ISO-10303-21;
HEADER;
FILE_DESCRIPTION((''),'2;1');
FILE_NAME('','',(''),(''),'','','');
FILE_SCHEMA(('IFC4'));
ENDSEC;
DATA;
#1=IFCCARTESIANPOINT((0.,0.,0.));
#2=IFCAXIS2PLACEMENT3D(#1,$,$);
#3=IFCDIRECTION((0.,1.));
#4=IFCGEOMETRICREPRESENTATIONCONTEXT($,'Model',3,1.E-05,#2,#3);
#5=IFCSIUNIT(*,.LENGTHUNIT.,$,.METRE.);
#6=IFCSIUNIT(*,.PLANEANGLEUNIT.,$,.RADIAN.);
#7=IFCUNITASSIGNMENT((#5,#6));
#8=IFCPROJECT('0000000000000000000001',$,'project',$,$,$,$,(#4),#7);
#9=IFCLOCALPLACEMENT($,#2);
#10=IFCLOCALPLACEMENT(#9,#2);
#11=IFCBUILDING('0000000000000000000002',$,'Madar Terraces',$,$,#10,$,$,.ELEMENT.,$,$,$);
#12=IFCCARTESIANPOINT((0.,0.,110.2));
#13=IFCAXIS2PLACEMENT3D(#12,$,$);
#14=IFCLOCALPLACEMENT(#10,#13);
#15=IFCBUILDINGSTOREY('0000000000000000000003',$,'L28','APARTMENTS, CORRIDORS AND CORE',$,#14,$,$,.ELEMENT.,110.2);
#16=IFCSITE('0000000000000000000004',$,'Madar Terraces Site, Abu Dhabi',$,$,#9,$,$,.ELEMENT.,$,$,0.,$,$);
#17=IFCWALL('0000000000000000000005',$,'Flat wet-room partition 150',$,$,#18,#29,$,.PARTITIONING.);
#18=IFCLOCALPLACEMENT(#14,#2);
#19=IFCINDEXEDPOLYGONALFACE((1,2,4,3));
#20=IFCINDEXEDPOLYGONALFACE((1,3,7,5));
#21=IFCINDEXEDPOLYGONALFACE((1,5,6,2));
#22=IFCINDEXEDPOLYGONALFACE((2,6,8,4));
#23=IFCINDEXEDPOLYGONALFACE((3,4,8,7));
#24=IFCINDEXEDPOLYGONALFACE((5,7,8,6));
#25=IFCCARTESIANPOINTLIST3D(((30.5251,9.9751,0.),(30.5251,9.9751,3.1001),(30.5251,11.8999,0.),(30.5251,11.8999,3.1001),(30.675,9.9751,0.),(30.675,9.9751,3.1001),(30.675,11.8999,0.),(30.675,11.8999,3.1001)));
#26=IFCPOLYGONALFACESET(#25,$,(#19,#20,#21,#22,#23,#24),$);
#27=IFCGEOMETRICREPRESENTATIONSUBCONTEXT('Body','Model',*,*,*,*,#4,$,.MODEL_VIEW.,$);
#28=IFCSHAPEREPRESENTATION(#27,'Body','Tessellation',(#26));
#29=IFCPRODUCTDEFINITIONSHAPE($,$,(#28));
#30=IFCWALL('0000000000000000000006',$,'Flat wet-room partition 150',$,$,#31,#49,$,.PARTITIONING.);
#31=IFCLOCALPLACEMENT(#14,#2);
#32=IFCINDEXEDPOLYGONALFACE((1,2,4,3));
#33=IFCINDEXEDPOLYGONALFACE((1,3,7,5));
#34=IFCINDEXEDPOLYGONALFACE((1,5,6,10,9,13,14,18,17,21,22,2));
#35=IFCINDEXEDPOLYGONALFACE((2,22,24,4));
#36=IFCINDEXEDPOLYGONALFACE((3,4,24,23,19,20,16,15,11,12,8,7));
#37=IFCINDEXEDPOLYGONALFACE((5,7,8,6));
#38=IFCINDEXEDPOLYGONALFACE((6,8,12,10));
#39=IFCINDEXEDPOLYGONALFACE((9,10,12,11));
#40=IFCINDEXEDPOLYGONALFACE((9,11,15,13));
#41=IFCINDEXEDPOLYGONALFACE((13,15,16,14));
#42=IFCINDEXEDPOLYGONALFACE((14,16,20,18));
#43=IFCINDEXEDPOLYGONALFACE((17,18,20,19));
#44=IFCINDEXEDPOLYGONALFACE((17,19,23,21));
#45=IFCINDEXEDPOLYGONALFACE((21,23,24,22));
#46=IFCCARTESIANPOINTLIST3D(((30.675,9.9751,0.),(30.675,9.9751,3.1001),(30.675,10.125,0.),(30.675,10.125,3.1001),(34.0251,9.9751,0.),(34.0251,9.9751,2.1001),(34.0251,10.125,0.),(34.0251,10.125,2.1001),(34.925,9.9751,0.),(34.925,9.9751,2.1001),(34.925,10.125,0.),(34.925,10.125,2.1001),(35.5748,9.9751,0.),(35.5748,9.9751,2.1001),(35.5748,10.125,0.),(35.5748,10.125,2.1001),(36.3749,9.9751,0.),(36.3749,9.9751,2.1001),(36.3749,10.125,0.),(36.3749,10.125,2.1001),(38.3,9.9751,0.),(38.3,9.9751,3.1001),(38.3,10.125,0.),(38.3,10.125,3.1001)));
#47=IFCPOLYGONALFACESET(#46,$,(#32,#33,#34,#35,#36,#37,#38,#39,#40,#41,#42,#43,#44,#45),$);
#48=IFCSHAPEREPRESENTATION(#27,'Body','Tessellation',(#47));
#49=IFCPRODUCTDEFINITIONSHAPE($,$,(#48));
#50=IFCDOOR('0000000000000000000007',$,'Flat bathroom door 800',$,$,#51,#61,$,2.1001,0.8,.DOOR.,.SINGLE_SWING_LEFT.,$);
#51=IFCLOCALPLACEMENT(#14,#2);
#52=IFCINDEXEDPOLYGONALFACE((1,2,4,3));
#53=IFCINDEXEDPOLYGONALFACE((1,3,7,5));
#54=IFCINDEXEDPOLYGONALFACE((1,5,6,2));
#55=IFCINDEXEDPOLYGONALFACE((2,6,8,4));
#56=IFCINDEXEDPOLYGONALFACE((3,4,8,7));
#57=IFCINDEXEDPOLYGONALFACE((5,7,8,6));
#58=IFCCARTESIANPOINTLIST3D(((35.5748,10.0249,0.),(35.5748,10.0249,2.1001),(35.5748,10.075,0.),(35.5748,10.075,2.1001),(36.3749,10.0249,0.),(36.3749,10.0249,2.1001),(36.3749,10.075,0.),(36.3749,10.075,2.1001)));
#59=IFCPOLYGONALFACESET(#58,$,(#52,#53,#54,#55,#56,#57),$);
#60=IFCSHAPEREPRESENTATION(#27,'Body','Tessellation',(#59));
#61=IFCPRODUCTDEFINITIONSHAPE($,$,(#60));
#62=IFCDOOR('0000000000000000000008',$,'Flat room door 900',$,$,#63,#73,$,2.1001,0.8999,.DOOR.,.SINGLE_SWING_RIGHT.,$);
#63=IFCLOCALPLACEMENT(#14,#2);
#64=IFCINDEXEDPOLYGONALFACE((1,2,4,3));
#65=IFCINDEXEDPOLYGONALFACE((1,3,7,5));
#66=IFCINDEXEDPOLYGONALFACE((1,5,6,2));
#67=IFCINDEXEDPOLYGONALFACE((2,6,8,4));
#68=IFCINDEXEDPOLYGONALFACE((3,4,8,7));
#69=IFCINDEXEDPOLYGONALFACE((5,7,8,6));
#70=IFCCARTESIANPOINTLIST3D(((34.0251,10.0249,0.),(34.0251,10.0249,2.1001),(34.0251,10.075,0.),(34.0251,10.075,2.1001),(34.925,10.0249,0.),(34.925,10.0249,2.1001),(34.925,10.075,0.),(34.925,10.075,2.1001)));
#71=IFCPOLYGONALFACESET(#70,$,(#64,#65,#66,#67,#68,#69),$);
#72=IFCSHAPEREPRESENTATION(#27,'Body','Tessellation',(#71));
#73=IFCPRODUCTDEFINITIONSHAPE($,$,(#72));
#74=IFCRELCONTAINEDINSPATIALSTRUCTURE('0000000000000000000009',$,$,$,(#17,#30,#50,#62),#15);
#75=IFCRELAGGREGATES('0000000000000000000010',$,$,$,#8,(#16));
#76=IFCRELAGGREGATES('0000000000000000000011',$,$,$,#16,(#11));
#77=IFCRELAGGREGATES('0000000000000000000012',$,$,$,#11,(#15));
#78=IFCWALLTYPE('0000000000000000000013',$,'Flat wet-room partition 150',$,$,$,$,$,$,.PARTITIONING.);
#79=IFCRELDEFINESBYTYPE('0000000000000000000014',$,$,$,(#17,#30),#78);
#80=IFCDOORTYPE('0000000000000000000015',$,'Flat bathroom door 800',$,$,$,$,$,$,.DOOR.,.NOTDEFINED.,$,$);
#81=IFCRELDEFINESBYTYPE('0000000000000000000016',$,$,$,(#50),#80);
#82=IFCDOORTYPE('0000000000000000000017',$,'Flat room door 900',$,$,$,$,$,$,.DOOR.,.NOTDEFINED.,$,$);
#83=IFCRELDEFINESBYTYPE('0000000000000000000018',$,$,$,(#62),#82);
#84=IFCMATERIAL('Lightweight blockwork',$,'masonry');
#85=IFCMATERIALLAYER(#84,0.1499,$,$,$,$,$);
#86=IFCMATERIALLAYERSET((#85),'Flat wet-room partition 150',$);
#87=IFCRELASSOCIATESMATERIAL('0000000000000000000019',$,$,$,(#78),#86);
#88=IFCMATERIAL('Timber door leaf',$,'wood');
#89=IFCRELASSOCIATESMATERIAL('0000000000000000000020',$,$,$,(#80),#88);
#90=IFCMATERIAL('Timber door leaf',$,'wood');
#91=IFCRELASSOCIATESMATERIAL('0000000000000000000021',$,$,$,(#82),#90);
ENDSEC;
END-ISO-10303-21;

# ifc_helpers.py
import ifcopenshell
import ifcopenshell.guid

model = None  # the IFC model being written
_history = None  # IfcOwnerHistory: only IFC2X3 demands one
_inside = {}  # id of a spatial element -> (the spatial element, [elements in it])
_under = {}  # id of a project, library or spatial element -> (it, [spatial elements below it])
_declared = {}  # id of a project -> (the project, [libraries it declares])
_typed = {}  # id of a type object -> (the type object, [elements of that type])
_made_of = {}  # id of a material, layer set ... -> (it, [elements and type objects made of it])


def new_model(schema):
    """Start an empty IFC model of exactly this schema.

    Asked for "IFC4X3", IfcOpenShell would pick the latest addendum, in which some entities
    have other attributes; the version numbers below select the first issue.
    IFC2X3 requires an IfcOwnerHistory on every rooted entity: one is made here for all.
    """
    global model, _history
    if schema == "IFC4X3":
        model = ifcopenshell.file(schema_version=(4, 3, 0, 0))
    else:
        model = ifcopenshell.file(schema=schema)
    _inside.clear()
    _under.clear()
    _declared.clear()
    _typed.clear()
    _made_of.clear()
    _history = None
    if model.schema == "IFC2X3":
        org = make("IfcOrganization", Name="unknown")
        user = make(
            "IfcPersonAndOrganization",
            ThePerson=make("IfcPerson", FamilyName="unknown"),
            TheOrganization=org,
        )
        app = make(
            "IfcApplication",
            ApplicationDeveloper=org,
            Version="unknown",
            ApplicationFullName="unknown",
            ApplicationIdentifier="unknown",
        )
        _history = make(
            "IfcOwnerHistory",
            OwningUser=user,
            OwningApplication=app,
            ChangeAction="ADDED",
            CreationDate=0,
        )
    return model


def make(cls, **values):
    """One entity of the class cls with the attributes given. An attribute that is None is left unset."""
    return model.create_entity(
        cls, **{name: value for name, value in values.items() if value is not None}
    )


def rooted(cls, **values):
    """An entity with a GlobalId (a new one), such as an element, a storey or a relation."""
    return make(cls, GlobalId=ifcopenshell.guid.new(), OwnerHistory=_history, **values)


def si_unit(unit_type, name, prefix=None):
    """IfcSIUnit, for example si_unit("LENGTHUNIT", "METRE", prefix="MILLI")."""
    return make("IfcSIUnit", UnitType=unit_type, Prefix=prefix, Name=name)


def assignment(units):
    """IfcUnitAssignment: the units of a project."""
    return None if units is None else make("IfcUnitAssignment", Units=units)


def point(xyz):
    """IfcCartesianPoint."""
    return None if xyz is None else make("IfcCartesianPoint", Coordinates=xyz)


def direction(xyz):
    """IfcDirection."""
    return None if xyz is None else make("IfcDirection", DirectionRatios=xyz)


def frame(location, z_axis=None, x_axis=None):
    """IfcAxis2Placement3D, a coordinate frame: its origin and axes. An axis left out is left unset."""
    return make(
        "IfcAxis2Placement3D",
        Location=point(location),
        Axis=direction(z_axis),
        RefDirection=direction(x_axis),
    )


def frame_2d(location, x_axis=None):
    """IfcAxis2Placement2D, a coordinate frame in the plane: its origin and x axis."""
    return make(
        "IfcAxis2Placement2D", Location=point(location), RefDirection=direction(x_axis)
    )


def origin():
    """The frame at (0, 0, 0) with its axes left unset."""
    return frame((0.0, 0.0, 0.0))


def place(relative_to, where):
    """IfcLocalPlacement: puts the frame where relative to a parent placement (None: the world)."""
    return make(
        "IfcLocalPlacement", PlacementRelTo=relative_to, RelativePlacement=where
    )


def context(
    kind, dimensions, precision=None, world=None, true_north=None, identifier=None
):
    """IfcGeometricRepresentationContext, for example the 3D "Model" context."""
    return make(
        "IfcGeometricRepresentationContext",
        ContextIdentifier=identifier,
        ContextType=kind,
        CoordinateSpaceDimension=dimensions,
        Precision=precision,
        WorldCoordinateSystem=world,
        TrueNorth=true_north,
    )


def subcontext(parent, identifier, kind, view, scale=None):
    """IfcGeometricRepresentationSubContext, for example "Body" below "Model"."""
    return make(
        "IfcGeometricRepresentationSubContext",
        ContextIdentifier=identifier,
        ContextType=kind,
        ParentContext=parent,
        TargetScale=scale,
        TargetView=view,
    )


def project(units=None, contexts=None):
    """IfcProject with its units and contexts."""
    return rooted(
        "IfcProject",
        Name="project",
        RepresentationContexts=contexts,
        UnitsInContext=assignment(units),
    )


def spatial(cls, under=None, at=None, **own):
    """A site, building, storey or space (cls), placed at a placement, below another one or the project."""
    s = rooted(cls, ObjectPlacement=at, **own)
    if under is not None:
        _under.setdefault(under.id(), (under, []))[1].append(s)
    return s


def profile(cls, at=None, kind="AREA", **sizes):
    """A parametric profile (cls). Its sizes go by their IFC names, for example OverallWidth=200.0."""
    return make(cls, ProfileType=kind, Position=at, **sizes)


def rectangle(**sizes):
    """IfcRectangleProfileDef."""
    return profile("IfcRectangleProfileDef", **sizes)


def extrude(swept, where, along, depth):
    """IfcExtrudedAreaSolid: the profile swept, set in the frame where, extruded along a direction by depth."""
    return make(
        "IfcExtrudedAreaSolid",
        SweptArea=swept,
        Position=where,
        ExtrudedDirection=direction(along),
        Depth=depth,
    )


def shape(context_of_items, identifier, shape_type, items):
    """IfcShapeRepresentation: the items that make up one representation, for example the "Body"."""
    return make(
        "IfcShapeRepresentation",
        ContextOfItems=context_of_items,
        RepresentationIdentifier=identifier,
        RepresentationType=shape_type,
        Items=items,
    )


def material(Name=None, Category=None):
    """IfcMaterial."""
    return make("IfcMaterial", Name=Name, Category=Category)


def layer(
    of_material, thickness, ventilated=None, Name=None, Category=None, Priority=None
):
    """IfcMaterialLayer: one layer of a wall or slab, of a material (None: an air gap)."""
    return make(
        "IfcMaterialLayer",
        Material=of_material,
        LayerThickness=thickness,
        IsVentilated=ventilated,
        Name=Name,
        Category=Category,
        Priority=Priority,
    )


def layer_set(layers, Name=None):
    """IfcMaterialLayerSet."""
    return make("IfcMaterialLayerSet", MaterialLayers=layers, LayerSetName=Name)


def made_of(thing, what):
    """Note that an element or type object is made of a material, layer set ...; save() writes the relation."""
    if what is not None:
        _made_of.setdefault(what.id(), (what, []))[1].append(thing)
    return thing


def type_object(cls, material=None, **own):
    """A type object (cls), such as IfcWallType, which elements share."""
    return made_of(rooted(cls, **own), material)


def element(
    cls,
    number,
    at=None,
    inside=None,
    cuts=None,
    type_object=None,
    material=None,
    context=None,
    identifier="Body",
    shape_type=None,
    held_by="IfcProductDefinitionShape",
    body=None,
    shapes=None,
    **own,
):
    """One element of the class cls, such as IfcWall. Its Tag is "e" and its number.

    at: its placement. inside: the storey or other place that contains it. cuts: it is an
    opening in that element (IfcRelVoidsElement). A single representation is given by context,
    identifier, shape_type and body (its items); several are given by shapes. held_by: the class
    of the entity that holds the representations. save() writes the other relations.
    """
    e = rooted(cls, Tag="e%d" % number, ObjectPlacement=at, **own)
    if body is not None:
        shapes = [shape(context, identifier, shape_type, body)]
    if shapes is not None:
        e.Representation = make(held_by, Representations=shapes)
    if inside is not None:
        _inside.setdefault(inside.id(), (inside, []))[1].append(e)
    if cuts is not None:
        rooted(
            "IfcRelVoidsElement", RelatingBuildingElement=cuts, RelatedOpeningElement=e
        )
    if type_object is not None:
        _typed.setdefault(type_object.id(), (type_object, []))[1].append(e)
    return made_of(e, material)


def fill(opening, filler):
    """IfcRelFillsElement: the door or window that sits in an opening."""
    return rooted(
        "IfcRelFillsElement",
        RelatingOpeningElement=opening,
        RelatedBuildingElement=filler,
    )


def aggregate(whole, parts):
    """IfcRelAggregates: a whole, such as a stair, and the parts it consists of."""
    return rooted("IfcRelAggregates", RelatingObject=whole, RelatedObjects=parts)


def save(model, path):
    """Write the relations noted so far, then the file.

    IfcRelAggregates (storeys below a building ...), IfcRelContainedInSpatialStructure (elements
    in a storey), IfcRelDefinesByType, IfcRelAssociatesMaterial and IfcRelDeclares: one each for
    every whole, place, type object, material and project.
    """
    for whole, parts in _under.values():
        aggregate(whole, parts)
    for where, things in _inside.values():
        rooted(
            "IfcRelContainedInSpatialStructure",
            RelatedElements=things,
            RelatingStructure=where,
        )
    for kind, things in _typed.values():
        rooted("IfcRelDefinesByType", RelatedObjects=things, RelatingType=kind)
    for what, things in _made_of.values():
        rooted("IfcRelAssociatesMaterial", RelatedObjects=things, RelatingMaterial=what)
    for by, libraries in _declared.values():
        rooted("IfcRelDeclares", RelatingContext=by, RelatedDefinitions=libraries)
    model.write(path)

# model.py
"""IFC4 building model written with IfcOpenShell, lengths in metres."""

from ifc_helpers import new_model, si_unit, direction, frame, frame_2d, origin, place, context, subcontext, project, spatial, rectangle, extrude, material, layer, layer_set, type_object, element, fill, save


model = new_model("IFC4")

# Units and contexts
model_context = context("Model", 3, precision=1e-05, world=origin(), true_north=direction((0.0, 1.0)))
body_context = subcontext(model_context, "Body", "Model", "MODEL_VIEW")
ifc_project = project(units=[si_unit("LENGTHUNIT", "METRE"), si_unit("PLANEANGLEUNIT", "RADIAN")], contexts=[model_context])

# Site, building, storey
site_placement = place(None, origin())
site = spatial("IfcSite", under=ifc_project, at=site_placement, Name="Madar Terraces Site, Abu Dhabi", CompositionType="ELEMENT", RefElevation=0.0)
building_placement = place(site_placement, origin())
building = spatial("IfcBuilding", under=site, at=building_placement, Name="Madar Terraces", CompositionType="ELEMENT")
storey_placement = place(building_placement, frame((0.0, 0.0, 110.2)))
storey = spatial("IfcBuildingStorey", under=building, at=storey_placement, Name="L28", Description="APARTMENTS, CORRIDORS AND CORE", CompositionType="ELEMENT", Elevation=110.2)

# Wall
ifc_material_1 = material(Name="Lightweight blockwork", Category="masonry")
ifc_layer_1 = layer(ifc_material_1, 0.1499)
ifc_layer_set_1 = layer_set([ifc_layer_1], Name="Flat wet-room partition 150")
wall_type_1 = type_object("IfcWallType", Name="Flat wet-room partition 150", PredefinedType="PARTITIONING", material=ifc_layer_set_1)
wall_1_placement = place(storey_placement, frame((30.6001, 11.8999, 0.0), z_axis=(0.0, 0.0, 1.0), x_axis=(0.0, -1.0, 0.0)))
element("IfcWall", 1, at=wall_1_placement, inside=storey, type_object=wall_type_1, Name="Flat wet-room partition 150", PredefinedType="PARTITIONING", context=body_context, shape_type="SweptSolid", body=[
    extrude(rectangle(XDim=1.9248, YDim=0.1499, at=frame_2d((0.9624, 0.0))), origin(), (0.0, 0.0, 1.0), 3.1001),
])

# Wall, openings, doors
wall_2_placement = place(storey_placement, frame((30.675, 10.05, 0.0), z_axis=(0.0, 0.0, 1.0), x_axis=(1.0, 0.0, 0.0)))
wall_2 = element("IfcWall", 2, at=wall_2_placement, inside=storey, type_object=wall_type_1, Name="Flat wet-room partition 150", PredefinedType="PARTITIONING", context=body_context, shape_type="SweptSolid", body=[
    extrude(rectangle(XDim=7.625, YDim=0.1499, at=frame_2d((3.8125, 0.0))), origin(), (0.0, 0.0, 1.0), 3.1001),
])
opening_1_placement = place(wall_2_placement, frame((3.3501, 0.0, 0.0)))
opening_1 = element("IfcOpeningElement", 3, at=opening_1_placement, cuts=wall_2, PredefinedType="OPENING", context=body_context, shape_type="SweptSolid", body=[
    extrude(rectangle(XDim=0.8999, YDim=2.1001, at=frame_2d((0.45, 1.05))), frame((0.0, 0.085, 0.0), z_axis=(0.0, -1.0, 0.0), x_axis=(1.0, 0.0, 0.0)), (0.0, 0.0, 1.0), 0.1699),
])
opening_2_placement = place(wall_2_placement, frame((4.8999, 0.0, 0.0)))
opening_2 = element("IfcOpeningElement", 4, at=opening_2_placement, cuts=wall_2, PredefinedType="OPENING", context=body_context, shape_type="SweptSolid", body=[
    extrude(rectangle(XDim=0.8, YDim=2.1001, at=frame_2d((0.3999, 1.05))), frame((0.0, 0.085, 0.0), z_axis=(0.0, -1.0, 0.0), x_axis=(1.0, 0.0, 0.0)), (0.0, 0.0, 1.0), 0.1699),
])
ifc_material_2 = material(Name="Timber door leaf", Category="wood")
door_type_1 = type_object("IfcDoorType", Name="Flat bathroom door 800", OperationType="NOTDEFINED", PredefinedType="DOOR", material=ifc_material_2)
door_1_placement = place(opening_2_placement, origin())
door_1 = element("IfcDoor", 5, at=door_1_placement, inside=storey, type_object=door_type_1, Name="Flat bathroom door 800", OperationType="SINGLE_SWING_LEFT", OverallHeight=2.1001, OverallWidth=0.8, PredefinedType="DOOR", context=body_context, shape_type="SweptSolid", body=[
    extrude(rectangle(XDim=0.8, YDim=2.1001, at=frame_2d((0.3999, 1.05))), frame((0.0, 0.0249, 0.0), z_axis=(0.0, -1.0, 0.0), x_axis=(1.0, 0.0, 0.0)), (0.0, 0.0, 1.0), 0.05),
])
fill(opening_2, door_1)
ifc_material_3 = material(Name="Timber door leaf", Category="wood")
door_type_2 = type_object("IfcDoorType", Name="Flat room door 900", OperationType="NOTDEFINED", PredefinedType="DOOR", material=ifc_material_3)
door_2_placement = place(opening_1_placement, origin())
door_2 = element("IfcDoor", 6, at=door_2_placement, inside=storey, type_object=door_type_2, Name="Flat room door 900", OperationType="SINGLE_SWING_RIGHT", OverallHeight=2.1001, OverallWidth=0.8999, PredefinedType="DOOR", context=body_context, shape_type="SweptSolid", body=[
    extrude(rectangle(XDim=0.8999, YDim=2.1001, at=frame_2d((0.45, 1.05))), frame((0.0, 0.0249, 0.0), z_axis=(0.0, -1.0, 0.0), x_axis=(1.0, 0.0, 0.0)), (0.0, 0.0, 1.0), 0.05),
])
fill(opening_1, door_2)

save(model, "model.ifc")
